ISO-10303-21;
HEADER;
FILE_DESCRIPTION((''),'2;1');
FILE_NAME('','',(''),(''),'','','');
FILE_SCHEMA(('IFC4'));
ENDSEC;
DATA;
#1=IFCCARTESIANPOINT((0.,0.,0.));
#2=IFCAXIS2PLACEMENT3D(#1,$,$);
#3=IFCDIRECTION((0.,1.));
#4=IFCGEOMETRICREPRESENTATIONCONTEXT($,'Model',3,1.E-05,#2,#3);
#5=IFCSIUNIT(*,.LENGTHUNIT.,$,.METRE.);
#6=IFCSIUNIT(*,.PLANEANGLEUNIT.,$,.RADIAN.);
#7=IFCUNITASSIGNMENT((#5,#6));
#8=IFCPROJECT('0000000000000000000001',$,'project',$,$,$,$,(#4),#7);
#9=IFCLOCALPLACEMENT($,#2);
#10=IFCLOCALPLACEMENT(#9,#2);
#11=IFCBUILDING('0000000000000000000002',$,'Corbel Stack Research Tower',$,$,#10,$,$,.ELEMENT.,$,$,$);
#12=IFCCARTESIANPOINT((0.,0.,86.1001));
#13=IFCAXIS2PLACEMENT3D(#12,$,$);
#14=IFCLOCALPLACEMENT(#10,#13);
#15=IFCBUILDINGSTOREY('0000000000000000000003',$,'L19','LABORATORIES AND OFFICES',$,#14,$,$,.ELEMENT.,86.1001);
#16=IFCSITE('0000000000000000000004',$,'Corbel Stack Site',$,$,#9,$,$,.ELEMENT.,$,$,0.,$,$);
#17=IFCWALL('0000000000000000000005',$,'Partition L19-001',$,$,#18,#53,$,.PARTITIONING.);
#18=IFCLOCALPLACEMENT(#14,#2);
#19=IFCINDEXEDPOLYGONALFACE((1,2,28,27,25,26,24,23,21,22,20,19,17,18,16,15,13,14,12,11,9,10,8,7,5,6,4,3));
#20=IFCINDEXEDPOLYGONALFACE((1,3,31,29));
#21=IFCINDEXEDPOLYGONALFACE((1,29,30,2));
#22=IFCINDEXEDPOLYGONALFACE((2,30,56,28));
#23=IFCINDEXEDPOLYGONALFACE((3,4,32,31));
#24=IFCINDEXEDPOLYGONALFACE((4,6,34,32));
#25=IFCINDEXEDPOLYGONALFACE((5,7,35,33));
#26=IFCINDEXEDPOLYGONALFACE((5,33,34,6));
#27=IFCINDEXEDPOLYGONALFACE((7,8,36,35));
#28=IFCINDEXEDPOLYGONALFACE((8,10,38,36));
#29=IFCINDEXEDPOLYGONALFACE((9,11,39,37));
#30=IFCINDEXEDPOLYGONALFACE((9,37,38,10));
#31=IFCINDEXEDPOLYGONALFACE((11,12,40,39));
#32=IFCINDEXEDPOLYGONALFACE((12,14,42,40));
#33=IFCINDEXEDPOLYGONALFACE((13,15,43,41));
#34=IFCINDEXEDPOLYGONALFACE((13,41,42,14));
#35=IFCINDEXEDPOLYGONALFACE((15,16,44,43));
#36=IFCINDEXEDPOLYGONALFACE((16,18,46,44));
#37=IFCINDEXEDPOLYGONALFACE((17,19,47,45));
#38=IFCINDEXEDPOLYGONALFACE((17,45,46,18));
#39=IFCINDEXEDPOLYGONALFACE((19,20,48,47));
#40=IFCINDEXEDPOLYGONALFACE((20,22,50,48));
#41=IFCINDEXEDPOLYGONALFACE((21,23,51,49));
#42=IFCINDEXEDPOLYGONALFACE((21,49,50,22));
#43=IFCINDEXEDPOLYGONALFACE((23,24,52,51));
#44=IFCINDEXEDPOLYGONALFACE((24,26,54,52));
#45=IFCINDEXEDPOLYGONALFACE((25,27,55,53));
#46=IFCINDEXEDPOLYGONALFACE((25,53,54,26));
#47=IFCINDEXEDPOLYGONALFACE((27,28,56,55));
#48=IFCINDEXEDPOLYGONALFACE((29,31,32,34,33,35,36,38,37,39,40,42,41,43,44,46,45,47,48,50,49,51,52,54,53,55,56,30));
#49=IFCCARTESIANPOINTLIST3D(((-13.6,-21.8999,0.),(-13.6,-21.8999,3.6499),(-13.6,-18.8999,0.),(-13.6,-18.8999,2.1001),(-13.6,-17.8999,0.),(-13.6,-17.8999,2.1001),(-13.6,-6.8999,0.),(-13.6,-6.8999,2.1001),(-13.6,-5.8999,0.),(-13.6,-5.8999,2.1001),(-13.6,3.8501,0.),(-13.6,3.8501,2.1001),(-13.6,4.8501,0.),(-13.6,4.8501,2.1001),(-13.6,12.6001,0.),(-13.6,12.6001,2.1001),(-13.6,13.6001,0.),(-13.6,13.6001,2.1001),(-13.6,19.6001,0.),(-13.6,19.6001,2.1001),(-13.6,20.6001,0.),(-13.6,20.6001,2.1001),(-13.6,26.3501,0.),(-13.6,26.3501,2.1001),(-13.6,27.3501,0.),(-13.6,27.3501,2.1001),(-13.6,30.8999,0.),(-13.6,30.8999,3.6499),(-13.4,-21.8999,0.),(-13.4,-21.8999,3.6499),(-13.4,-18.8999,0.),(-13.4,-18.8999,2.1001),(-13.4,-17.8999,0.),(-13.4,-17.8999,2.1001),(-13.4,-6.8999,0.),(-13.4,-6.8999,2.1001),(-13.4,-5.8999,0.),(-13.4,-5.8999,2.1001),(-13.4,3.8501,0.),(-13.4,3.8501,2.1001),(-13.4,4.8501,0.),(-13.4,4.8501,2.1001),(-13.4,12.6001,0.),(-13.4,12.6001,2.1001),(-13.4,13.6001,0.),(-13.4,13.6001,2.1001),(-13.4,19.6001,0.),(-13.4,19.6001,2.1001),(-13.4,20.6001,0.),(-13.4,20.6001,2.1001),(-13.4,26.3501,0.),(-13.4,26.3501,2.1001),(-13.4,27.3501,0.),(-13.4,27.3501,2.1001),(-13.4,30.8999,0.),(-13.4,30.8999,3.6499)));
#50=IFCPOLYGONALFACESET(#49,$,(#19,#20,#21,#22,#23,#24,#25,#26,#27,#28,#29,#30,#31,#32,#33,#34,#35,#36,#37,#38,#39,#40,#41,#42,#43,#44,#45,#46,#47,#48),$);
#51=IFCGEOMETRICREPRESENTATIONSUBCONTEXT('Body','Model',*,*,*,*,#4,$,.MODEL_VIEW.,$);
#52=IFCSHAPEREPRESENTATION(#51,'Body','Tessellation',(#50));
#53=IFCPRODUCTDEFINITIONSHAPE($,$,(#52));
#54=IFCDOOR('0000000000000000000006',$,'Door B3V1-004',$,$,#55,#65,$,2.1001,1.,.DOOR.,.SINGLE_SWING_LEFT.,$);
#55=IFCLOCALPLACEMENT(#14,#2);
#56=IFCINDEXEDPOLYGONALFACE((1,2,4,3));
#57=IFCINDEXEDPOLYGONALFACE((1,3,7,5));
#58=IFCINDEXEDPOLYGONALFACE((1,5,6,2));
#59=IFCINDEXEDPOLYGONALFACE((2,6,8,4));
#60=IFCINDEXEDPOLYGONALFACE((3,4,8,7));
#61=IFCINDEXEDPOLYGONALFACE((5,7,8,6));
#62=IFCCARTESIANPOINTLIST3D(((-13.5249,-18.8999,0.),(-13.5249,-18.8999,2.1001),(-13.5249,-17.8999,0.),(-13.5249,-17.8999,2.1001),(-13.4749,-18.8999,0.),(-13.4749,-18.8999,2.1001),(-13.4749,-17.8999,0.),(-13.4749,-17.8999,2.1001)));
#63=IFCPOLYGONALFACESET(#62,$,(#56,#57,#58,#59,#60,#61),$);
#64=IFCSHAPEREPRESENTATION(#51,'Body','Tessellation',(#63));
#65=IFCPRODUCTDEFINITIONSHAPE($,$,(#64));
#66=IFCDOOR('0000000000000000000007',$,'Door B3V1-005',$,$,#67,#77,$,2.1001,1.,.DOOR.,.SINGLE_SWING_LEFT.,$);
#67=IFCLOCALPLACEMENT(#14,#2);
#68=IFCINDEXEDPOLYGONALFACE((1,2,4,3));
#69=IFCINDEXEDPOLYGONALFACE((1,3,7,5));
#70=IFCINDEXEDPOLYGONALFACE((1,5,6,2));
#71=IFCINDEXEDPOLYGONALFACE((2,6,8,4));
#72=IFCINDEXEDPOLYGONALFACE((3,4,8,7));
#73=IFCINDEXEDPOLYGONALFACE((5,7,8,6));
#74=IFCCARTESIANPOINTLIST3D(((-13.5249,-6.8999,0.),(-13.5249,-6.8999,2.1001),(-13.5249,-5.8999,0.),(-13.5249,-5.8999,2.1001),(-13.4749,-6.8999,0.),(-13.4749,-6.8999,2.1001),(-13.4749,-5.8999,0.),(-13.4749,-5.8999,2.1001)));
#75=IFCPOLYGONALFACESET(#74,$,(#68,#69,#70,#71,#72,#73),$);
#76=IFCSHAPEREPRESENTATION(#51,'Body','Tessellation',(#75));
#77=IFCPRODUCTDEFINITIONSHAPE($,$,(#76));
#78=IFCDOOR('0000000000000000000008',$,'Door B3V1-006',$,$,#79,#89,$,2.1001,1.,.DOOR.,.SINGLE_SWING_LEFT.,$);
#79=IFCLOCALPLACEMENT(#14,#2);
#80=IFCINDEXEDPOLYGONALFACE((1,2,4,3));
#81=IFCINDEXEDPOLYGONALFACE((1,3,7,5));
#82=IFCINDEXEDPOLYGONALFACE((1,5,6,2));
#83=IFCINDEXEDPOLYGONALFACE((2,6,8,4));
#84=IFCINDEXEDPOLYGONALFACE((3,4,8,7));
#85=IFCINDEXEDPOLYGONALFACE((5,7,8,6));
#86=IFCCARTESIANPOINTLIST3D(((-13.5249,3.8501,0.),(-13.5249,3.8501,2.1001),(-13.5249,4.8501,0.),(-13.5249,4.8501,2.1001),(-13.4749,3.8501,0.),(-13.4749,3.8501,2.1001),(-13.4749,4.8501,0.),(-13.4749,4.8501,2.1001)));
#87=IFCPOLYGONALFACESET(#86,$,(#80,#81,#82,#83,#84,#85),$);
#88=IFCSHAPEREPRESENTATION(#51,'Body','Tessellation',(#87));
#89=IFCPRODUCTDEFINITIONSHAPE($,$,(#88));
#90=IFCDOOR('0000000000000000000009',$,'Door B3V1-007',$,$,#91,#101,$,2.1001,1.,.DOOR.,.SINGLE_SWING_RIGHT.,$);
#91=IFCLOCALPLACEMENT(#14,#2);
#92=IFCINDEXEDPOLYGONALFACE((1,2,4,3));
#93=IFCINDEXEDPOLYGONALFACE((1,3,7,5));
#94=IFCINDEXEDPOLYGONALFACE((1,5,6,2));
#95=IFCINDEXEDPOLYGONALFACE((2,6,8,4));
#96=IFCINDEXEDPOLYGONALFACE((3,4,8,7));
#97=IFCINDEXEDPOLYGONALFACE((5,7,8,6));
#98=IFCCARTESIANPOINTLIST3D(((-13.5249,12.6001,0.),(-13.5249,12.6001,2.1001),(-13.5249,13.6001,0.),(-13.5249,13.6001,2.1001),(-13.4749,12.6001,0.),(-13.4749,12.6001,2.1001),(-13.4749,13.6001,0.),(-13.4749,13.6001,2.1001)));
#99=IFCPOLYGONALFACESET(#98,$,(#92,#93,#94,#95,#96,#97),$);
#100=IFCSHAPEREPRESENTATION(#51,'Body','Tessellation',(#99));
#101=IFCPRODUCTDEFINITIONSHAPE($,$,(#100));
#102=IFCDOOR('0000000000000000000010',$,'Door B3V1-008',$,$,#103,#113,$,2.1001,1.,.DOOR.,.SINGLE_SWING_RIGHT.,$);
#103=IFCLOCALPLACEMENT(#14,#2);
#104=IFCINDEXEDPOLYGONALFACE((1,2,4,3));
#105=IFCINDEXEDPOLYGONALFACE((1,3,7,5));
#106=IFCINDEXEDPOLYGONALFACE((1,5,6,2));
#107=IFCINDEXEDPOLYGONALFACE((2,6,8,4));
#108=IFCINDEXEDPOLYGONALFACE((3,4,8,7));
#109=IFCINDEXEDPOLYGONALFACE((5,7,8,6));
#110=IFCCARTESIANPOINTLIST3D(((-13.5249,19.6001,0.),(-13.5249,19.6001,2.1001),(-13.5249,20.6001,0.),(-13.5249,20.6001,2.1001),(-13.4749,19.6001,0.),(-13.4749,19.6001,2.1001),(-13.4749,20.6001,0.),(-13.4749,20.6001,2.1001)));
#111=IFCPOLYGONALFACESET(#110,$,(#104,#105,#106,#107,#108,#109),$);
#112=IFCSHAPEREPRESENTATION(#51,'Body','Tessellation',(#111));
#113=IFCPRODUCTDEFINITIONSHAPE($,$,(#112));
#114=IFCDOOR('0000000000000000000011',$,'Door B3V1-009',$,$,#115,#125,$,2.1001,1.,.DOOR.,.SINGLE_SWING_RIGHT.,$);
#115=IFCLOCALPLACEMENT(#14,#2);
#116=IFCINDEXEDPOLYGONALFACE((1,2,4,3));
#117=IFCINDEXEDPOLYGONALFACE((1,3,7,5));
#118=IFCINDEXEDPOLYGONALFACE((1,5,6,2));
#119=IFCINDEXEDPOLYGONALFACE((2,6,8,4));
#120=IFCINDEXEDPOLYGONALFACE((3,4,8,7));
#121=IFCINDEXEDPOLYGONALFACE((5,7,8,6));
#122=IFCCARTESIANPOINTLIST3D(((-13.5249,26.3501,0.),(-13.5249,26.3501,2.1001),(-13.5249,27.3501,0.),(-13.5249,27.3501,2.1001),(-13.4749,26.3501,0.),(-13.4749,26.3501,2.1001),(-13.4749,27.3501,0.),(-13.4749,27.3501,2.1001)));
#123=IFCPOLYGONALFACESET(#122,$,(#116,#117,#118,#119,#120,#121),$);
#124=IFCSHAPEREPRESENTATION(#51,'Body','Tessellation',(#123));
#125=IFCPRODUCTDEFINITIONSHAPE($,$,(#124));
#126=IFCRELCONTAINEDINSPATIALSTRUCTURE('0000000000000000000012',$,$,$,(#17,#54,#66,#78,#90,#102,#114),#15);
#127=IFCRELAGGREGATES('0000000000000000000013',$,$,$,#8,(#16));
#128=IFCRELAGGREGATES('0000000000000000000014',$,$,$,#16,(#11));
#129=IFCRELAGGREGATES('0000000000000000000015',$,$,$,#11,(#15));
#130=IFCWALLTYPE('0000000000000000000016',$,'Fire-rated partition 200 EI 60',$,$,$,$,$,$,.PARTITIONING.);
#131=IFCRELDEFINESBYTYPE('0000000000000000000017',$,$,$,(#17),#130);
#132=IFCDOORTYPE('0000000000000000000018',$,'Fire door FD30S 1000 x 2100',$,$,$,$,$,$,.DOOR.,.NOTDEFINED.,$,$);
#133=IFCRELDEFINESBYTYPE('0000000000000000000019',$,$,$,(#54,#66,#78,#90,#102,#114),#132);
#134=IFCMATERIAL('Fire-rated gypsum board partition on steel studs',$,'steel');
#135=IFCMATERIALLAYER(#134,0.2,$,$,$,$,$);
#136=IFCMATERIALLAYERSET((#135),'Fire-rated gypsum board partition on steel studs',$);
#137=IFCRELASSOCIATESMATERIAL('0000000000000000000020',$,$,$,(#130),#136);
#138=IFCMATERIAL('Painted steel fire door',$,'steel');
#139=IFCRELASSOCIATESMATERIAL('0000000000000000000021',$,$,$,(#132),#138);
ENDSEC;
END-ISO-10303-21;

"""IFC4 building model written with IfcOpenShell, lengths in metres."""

from ifc_helpers import new_model, si_unit, direction, frame, frame_2d, origin, place, context, subcontext, project, spatial, rectangle, extrude, material, layer, layer_set, type_object, element, fill, save


model = new_model("IFC4")

# Units and contexts
model_context = context("Model", 3, precision=1e-05, world=origin(), true_north=direction((0.0, 1.0)))
body_context = subcontext(model_context, "Body", "Model", "MODEL_VIEW")
ifc_project = project(units=[si_unit("LENGTHUNIT", "METRE"), si_unit("PLANEANGLEUNIT", "RADIAN")], contexts=[model_context])

# Site, building, storey
site_placement = place(None, origin())
site = spatial("IfcSite", under=ifc_project, at=site_placement, Name="Corbel Stack Site", CompositionType="ELEMENT", RefElevation=0.0)
building_placement = place(site_placement, origin())
building = spatial("IfcBuilding", under=site, at=building_placement, Name="Corbel Stack Research Tower", CompositionType="ELEMENT")
storey_placement = place(building_placement, frame((0.0, 0.0, 86.1001)))
storey = spatial("IfcBuildingStorey", under=building, at=storey_placement, Name="L19", Description="LABORATORIES AND OFFICES", CompositionType="ELEMENT", Elevation=86.1001)

# Wall, openings, doors
ifc_material_1 = material(Name="Fire-rated gypsum board partition on steel studs", Category="steel")
ifc_layer_1 = layer(ifc_material_1, 0.2)
ifc_layer_set_1 = layer_set([ifc_layer_1], Name="Fire-rated gypsum board partition on steel studs")
wall_type_1 = type_object("IfcWallType", Name="Fire-rated partition 200 EI 60", PredefinedType="PARTITIONING", material=ifc_layer_set_1)
wall_1_placement = place(storey_placement, frame((-13.5, -21.8999, 0.0), z_axis=(0.0, 0.0, 1.0), x_axis=(0.0, 1.0, 0.0)))
wall_1 = element("IfcWall", 1, at=wall_1_placement, inside=storey, type_object=wall_type_1, Name="Partition L19-001", PredefinedType="PARTITIONING", context=body_context, shape_type="SweptSolid", body=[
    extrude(rectangle(XDim=52.7998, YDim=0.2, at=frame_2d((26.3999, 0.0))), origin(), (0.0, 0.0, 1.0), 3.6499),
])
opening_1_placement = place(wall_1_placement, frame((3.0, 0.0, 0.0)))
opening_1 = element("IfcOpeningElement", 2, at=opening_1_placement, cuts=wall_1, PredefinedType="OPENING", context=body_context, shape_type="SweptSolid", body=[
    extrude(rectangle(XDim=1.0, YDim=2.1001, at=frame_2d((0.5, 1.05))), frame((0.0, 0.1099, 0.0), z_axis=(0.0, -1.0, 0.0), x_axis=(1.0, 0.0, 0.0)), (0.0, 0.0, 1.0), 0.22),
])
opening_2_placement = place(wall_1_placement, frame((15.0, 0.0, 0.0)))
opening_2 = element("IfcOpeningElement", 3, at=opening_2_placement, cuts=wall_1, PredefinedType="OPENING", context=body_context, shape_type="SweptSolid", body=[
    extrude(rectangle(XDim=1.0, YDim=2.1001, at=frame_2d((0.5, 1.05))), frame((0.0, 0.1099, 0.0), z_axis=(0.0, -1.0, 0.0), x_axis=(1.0, 0.0, 0.0)), (0.0, 0.0, 1.0), 0.22),
])
opening_3_placement = place(wall_1_placement, frame((25.75, 0.0, 0.0)))
opening_3 = element("IfcOpeningElement", 4, at=opening_3_placement, cuts=wall_1, PredefinedType="OPENING", context=body_context, shape_type="SweptSolid", body=[
    extrude(rectangle(XDim=1.0, YDim=2.1001, at=frame_2d((0.5, 1.05))), frame((0.0, 0.1099, 0.0), z_axis=(0.0, -1.0, 0.0), x_axis=(1.0, 0.0, 0.0)), (0.0, 0.0, 1.0), 0.22),
])
opening_4_placement = place(wall_1_placement, frame((34.5, 0.0, 0.0)))
opening_4 = element("IfcOpeningElement", 5, at=opening_4_placement, cuts=wall_1, PredefinedType="OPENING", context=body_context, shape_type="SweptSolid", body=[
    extrude(rectangle(XDim=1.0, YDim=2.1001, at=frame_2d((0.5, 1.05))), frame((0.0, 0.1099, 0.0), z_axis=(0.0, -1.0, 0.0), x_axis=(1.0, 0.0, 0.0)), (0.0, 0.0, 1.0), 0.22),
])
opening_5_placement = place(wall_1_placement, frame((41.5, 0.0, 0.0)))
opening_5 = element("IfcOpeningElement", 6, at=opening_5_placement, cuts=wall_1, PredefinedType="OPENING", context=body_context, shape_type="SweptSolid", body=[
    extrude(rectangle(XDim=1.0, YDim=2.1001, at=frame_2d((0.5, 1.05))), frame((0.0, 0.1099, 0.0), z_axis=(0.0, -1.0, 0.0), x_axis=(1.0, 0.0, 0.0)), (0.0, 0.0, 1.0), 0.22),
])
opening_6_placement = place(wall_1_placement, frame((48.25, 0.0, 0.0)))
opening_6 = element("IfcOpeningElement", 7, at=opening_6_placement, cuts=wall_1, PredefinedType="OPENING", context=body_context, shape_type="SweptSolid", body=[
    extrude(rectangle(XDim=1.0, YDim=2.1001, at=frame_2d((0.5, 1.05))), frame((0.0, 0.1099, 0.0), z_axis=(0.0, -1.0, 0.0), x_axis=(1.0, 0.0, 0.0)), (0.0, 0.0, 1.0), 0.22),
])
ifc_material_2 = material(Name="Painted steel fire door", Category="steel")
door_type_1 = type_object("IfcDoorType", Name="Fire door FD30S 1000 x 2100", OperationType="NOTDEFINED", PredefinedType="DOOR", material=ifc_material_2)
door_1_placement = place(opening_1_placement, origin())
door_1 = element("IfcDoor", 8, at=door_1_placement, inside=storey, type_object=door_type_1, Name="Door B3V1-004", OperationType="SINGLE_SWING_LEFT", OverallHeight=2.1001, OverallWidth=1.0, PredefinedType="DOOR", context=body_context, shape_type="SweptSolid", body=[
    extrude(rectangle(XDim=1.0, YDim=2.1001, at=frame_2d((0.5, 1.05))), frame((0.0, 0.0249, 0.0), z_axis=(0.0, -1.0, 0.0), x_axis=(1.0, 0.0, 0.0)), (0.0, 0.0, 1.0), 0.05),
])
fill(opening_1, door_1)
door_2_placement = place(opening_2_placement, origin())
door_2 = element("IfcDoor", 9, at=door_2_placement, inside=storey, type_object=door_type_1, Name="Door B3V1-005", OperationType="SINGLE_SWING_LEFT", OverallHeight=2.1001, OverallWidth=1.0, PredefinedType="DOOR", context=body_context, shape_type="SweptSolid", body=[
    extrude(rectangle(XDim=1.0, YDim=2.1001, at=frame_2d((0.5, 1.05))), frame((0.0, 0.0249, 0.0), z_axis=(0.0, -1.0, 0.0), x_axis=(1.0, 0.0, 0.0)), (0.0, 0.0, 1.0), 0.05),
])
fill(opening_2, door_2)
door_3_placement = place(opening_3_placement, origin())
door_3 = element("IfcDoor", 10, at=door_3_placement, inside=storey, type_object=door_type_1, Name="Door B3V1-006", OperationType="SINGLE_SWING_LEFT", OverallHeight=2.1001, OverallWidth=1.0, PredefinedType="DOOR", context=body_context, shape_type="SweptSolid", body=[
    extrude(rectangle(XDim=1.0, YDim=2.1001, at=frame_2d((0.5, 1.05))), frame((0.0, 0.0249, 0.0), z_axis=(0.0, -1.0, 0.0), x_axis=(1.0, 0.0, 0.0)), (0.0, 0.0, 1.0), 0.05),
])
fill(opening_3, door_3)
door_4_placement = place(opening_4_placement, origin())
door_4 = element("IfcDoor", 11, at=door_4_placement, inside=storey, type_object=door_type_1, Name="Door B3V1-007", OperationType="SINGLE_SWING_RIGHT", OverallHeight=2.1001, OverallWidth=1.0, PredefinedType="DOOR", context=body_context, shape_type="SweptSolid", body=[
    extrude(rectangle(XDim=1.0, YDim=2.1001, at=frame_2d((0.5, 1.05))), frame((0.0, 0.0249, 0.0), z_axis=(0.0, -1.0, 0.0), x_axis=(1.0, 0.0, 0.0)), (0.0, 0.0, 1.0), 0.05),
])
fill(opening_4, door_4)
door_5_placement = place(opening_5_placement, origin())
door_5 = element("IfcDoor", 12, at=door_5_placement, inside=storey, type_object=door_type_1, Name="Door B3V1-008", OperationType="SINGLE_SWING_RIGHT", OverallHeight=2.1001, OverallWidth=1.0, PredefinedType="DOOR", context=body_context, shape_type="SweptSolid", body=[
    extrude(rectangle(XDim=1.0, YDim=2.1001, at=frame_2d((0.5, 1.05))), frame((0.0, 0.0249, 0.0), z_axis=(0.0, -1.0, 0.0), x_axis=(1.0, 0.0, 0.0)), (0.0, 0.0, 1.0), 0.05),
])
fill(opening_5, door_5)
door_6_placement = place(opening_6_placement, origin())
door_6 = element("IfcDoor", 13, at=door_6_placement, inside=storey, type_object=door_type_1, Name="Door B3V1-009", OperationType="SINGLE_SWING_RIGHT", OverallHeight=2.1001, OverallWidth=1.0, PredefinedType="DOOR", context=body_context, shape_type="SweptSolid", body=[
    extrude(rectangle(XDim=1.0, YDim=2.1001, at=frame_2d((0.5, 1.05))), frame((0.0, 0.0249, 0.0), z_axis=(0.0, -1.0, 0.0), x_axis=(1.0, 0.0, 0.0)), (0.0, 0.0, 1.0), 0.05),
])
fill(opening_6, door_6)

save(model, "model.ifc")
